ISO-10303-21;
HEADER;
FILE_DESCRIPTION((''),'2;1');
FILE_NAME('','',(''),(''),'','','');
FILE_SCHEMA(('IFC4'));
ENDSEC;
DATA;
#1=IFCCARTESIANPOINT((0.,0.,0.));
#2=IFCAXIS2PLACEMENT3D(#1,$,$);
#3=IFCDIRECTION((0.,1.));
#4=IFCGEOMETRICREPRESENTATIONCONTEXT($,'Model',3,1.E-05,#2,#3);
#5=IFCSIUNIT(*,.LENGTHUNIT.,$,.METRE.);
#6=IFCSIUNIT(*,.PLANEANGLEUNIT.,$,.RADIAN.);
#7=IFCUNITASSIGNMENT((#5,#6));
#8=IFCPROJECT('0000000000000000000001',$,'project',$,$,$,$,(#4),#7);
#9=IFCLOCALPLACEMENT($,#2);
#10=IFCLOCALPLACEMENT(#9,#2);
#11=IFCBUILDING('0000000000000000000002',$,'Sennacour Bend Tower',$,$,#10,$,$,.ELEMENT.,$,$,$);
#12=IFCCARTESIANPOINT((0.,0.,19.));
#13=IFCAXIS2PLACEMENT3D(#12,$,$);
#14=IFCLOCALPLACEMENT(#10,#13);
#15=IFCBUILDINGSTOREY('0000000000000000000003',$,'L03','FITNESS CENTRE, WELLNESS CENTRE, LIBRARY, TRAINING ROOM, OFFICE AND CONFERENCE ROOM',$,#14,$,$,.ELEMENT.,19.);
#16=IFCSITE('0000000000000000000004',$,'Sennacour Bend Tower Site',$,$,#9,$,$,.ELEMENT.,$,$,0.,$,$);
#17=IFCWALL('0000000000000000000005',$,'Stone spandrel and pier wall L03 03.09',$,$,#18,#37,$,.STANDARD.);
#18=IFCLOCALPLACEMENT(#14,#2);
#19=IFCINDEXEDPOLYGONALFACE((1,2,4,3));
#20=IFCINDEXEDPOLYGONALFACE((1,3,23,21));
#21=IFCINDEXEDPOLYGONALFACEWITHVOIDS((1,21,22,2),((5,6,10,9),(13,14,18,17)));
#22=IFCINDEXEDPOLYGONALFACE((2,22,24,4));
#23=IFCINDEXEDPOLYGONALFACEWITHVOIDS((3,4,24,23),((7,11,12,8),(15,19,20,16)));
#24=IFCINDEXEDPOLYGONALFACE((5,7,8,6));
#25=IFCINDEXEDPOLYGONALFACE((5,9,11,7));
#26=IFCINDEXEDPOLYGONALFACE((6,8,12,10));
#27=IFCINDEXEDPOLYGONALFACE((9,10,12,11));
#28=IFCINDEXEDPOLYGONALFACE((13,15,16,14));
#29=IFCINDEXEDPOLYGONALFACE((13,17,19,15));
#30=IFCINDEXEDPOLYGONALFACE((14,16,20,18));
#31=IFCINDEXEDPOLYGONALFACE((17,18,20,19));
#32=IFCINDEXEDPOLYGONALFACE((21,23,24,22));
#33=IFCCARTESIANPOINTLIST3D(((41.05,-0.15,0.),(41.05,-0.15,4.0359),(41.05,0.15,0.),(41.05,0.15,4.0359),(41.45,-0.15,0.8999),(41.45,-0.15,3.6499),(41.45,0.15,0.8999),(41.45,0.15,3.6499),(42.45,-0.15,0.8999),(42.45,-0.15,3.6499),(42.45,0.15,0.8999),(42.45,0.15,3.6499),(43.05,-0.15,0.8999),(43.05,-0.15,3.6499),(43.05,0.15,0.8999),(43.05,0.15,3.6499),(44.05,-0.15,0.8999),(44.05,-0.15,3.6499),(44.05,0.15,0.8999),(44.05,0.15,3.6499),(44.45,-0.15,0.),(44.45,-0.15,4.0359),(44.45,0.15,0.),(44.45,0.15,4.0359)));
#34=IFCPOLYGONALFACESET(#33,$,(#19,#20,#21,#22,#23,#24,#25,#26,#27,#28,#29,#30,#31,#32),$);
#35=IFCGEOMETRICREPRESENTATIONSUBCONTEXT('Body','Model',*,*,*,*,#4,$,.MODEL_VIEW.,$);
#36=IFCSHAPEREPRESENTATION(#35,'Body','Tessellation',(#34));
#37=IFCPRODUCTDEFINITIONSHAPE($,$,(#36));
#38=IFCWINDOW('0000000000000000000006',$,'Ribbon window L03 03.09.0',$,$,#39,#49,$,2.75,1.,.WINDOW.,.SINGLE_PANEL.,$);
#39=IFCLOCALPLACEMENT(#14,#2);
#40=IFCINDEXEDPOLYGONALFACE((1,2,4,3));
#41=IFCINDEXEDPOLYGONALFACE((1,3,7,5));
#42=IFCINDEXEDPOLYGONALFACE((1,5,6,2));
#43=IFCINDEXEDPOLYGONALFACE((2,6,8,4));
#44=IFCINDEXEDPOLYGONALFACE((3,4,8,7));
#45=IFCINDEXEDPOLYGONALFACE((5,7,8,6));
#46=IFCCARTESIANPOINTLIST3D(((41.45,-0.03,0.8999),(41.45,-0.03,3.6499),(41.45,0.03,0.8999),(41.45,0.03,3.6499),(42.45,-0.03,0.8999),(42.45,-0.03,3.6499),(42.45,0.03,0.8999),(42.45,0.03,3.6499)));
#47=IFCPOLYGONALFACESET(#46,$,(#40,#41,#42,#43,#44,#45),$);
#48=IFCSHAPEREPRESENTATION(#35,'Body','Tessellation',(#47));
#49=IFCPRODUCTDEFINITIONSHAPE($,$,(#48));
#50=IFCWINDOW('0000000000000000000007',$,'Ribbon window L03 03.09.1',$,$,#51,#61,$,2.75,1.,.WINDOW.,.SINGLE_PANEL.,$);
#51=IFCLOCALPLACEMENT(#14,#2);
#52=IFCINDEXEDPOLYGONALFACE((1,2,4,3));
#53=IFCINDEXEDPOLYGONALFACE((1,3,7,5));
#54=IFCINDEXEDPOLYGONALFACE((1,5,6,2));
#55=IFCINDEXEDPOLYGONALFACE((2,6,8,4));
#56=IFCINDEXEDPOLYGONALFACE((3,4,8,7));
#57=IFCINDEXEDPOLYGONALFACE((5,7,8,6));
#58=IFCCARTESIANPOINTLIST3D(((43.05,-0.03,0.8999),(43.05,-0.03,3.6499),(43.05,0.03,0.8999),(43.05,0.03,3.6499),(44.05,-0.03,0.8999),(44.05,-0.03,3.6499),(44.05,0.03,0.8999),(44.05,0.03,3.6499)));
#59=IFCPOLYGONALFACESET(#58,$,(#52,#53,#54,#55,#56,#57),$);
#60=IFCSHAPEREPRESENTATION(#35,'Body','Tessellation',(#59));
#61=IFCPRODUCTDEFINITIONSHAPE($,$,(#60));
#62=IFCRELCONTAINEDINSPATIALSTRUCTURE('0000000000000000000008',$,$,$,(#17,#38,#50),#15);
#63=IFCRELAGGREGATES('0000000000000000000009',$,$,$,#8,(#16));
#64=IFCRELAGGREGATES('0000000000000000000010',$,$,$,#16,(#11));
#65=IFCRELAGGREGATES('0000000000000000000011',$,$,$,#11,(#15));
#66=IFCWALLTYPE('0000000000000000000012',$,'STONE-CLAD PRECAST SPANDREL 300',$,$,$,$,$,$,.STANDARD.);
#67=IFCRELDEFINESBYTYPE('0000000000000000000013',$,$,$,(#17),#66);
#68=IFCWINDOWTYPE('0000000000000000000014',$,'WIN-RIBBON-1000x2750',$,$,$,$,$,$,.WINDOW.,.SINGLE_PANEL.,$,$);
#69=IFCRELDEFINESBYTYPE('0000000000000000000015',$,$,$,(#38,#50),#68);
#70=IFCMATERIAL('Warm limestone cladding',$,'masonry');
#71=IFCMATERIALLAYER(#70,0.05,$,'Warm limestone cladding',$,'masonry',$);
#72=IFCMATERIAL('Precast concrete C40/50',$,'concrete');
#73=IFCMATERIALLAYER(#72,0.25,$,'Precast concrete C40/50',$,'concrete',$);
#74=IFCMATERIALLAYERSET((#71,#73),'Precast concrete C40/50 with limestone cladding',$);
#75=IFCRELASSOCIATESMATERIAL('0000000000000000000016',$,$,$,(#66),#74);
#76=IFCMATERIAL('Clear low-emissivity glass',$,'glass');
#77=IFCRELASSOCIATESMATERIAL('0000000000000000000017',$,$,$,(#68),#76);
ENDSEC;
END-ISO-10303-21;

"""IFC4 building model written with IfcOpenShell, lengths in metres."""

from ifc_helpers import new_model, si_unit, direction, frame, frame_2d, origin, place, context, subcontext, project, spatial, rectangle, extrude, material, layer, layer_set, type_object, element, fill, save


model = new_model("IFC4")

# Units and contexts
model_context = context("Model", 3, precision=1e-05, world=origin(), true_north=direction((0.0, 1.0)))
body_context = subcontext(model_context, "Body", "Model", "MODEL_VIEW")
ifc_project = project(units=[si_unit("LENGTHUNIT", "METRE"), si_unit("PLANEANGLEUNIT", "RADIAN")], contexts=[model_context])

# Site, building, storey
site_placement = place(None, origin())
site = spatial("IfcSite", under=ifc_project, at=site_placement, Name="Sennacour Bend Tower Site", CompositionType="ELEMENT", RefElevation=0.0)
building_placement = place(site_placement, origin())
building = spatial("IfcBuilding", under=site, at=building_placement, Name="Sennacour Bend Tower", CompositionType="ELEMENT")
storey_placement = place(building_placement, frame((0.0, 0.0, 19.0)))
storey = spatial("IfcBuildingStorey", under=building, at=storey_placement, Name="L03", Description="FITNESS CENTRE, WELLNESS CENTRE, LIBRARY, TRAINING ROOM, OFFICE AND CONFERENCE ROOM", CompositionType="ELEMENT", Elevation=19.0)

# Wall, openings, windows
ifc_material_1 = material(Name="Warm limestone cladding", Category="masonry")
ifc_layer_1 = layer(ifc_material_1, 0.05, Name="Warm limestone cladding", Category="masonry")
ifc_material_2 = material(Name="Precast concrete C40/50", Category="concrete")
ifc_layer_2 = layer(ifc_material_2, 0.25, Name="Precast concrete C40/50", Category="concrete")
ifc_layer_set_1 = layer_set([ifc_layer_1, ifc_layer_2], Name="Precast concrete C40/50 with limestone cladding")
wall_type_1 = type_object("IfcWallType", Name="STONE-CLAD PRECAST SPANDREL 300", PredefinedType="STANDARD", material=ifc_layer_set_1)
ifc_material_3 = material(Name="Clear low-emissivity glass", Category="glass")
window_type = type_object("IfcWindowType", Name="WIN-RIBBON-1000x2750", PartitioningType="SINGLE_PANEL", PredefinedType="WINDOW", material=ifc_material_3)
wall_1_placement = place(storey_placement, frame((41.05, 0.0, 0.0), z_axis=(0.0, 0.0, 1.0), x_axis=(1.0, 0.0, 0.0)))
wall_1 = element("IfcWall", 1, at=wall_1_placement, inside=storey, type_object=wall_type_1, Name="Stone spandrel and pier wall L03 03.09", PredefinedType="STANDARD", context=body_context, shape_type="SweptSolid", body=[
    extrude(rectangle(XDim=3.3999, YDim=0.3, at=frame_2d((1.7, 0.0))), origin(), (0.0, 0.0, 1.0), 4.0359),
])
opening_1_placement = place(wall_1_placement, frame((0.3999, 0.0, 0.8999)))
opening_1 = element("IfcOpeningElement", 2, at=opening_1_placement, cuts=wall_1, PredefinedType="OPENING", context=body_context, shape_type="SweptSolid", body=[
    extrude(rectangle(XDim=1.0, YDim=2.75, at=frame_2d((0.5, 1.375))), frame((0.0, 0.1602, 0.0), z_axis=(0.0, -1.0, 0.0), x_axis=(1.0, 0.0, 0.0)), (0.0, 0.0, 1.0), 0.3201),
])
opening_2_placement = place(wall_1_placement, frame((2.0, 0.0, 0.8999)))
opening_2 = element("IfcOpeningElement", 3, at=opening_2_placement, cuts=wall_1, PredefinedType="OPENING", context=body_context, shape_type="SweptSolid", body=[
    extrude(rectangle(XDim=1.0, YDim=2.75, at=frame_2d((0.5, 1.375))), frame((0.0, 0.1602, 0.0), z_axis=(0.0, -1.0, 0.0), x_axis=(1.0, 0.0, 0.0)), (0.0, 0.0, 1.0), 0.3201),
])
window_1_placement = place(opening_1_placement, origin())
window_1 = element("IfcWindow", 4, at=window_1_placement, inside=storey, type_object=window_type, Name="Ribbon window L03 03.09.0", OverallHeight=2.75, OverallWidth=1.0, PartitioningType="SINGLE_PANEL", PredefinedType="WINDOW", context=body_context, shape_type="SweptSolid", body=[
    extrude(rectangle(XDim=1.0, YDim=2.75, at=frame_2d((0.5, 1.375))), frame((0.0, 0.03, 0.0), z_axis=(0.0, -1.0, 0.0), x_axis=(1.0, 0.0, 0.0)), (0.0, 0.0, 1.0), 0.0601),
])
fill(opening_1, window_1)
window_2_placement = place(opening_2_placement, origin())
window_2 = element("IfcWindow", 5, at=window_2_placement, inside=storey, type_object=window_type, Name="Ribbon window L03 03.09.1", OverallHeight=2.75, OverallWidth=1.0, PartitioningType="SINGLE_PANEL", PredefinedType="WINDOW", context=body_context, shape_type="SweptSolid", body=[
    extrude(rectangle(XDim=1.0, YDim=2.75, at=frame_2d((0.5, 1.375))), frame((0.0, 0.03, 0.0), z_axis=(0.0, -1.0, 0.0), x_axis=(1.0, 0.0, 0.0)), (0.0, 0.0, 1.0), 0.0601),
])
fill(opening_2, window_2)

save(model, "model.ifc")
